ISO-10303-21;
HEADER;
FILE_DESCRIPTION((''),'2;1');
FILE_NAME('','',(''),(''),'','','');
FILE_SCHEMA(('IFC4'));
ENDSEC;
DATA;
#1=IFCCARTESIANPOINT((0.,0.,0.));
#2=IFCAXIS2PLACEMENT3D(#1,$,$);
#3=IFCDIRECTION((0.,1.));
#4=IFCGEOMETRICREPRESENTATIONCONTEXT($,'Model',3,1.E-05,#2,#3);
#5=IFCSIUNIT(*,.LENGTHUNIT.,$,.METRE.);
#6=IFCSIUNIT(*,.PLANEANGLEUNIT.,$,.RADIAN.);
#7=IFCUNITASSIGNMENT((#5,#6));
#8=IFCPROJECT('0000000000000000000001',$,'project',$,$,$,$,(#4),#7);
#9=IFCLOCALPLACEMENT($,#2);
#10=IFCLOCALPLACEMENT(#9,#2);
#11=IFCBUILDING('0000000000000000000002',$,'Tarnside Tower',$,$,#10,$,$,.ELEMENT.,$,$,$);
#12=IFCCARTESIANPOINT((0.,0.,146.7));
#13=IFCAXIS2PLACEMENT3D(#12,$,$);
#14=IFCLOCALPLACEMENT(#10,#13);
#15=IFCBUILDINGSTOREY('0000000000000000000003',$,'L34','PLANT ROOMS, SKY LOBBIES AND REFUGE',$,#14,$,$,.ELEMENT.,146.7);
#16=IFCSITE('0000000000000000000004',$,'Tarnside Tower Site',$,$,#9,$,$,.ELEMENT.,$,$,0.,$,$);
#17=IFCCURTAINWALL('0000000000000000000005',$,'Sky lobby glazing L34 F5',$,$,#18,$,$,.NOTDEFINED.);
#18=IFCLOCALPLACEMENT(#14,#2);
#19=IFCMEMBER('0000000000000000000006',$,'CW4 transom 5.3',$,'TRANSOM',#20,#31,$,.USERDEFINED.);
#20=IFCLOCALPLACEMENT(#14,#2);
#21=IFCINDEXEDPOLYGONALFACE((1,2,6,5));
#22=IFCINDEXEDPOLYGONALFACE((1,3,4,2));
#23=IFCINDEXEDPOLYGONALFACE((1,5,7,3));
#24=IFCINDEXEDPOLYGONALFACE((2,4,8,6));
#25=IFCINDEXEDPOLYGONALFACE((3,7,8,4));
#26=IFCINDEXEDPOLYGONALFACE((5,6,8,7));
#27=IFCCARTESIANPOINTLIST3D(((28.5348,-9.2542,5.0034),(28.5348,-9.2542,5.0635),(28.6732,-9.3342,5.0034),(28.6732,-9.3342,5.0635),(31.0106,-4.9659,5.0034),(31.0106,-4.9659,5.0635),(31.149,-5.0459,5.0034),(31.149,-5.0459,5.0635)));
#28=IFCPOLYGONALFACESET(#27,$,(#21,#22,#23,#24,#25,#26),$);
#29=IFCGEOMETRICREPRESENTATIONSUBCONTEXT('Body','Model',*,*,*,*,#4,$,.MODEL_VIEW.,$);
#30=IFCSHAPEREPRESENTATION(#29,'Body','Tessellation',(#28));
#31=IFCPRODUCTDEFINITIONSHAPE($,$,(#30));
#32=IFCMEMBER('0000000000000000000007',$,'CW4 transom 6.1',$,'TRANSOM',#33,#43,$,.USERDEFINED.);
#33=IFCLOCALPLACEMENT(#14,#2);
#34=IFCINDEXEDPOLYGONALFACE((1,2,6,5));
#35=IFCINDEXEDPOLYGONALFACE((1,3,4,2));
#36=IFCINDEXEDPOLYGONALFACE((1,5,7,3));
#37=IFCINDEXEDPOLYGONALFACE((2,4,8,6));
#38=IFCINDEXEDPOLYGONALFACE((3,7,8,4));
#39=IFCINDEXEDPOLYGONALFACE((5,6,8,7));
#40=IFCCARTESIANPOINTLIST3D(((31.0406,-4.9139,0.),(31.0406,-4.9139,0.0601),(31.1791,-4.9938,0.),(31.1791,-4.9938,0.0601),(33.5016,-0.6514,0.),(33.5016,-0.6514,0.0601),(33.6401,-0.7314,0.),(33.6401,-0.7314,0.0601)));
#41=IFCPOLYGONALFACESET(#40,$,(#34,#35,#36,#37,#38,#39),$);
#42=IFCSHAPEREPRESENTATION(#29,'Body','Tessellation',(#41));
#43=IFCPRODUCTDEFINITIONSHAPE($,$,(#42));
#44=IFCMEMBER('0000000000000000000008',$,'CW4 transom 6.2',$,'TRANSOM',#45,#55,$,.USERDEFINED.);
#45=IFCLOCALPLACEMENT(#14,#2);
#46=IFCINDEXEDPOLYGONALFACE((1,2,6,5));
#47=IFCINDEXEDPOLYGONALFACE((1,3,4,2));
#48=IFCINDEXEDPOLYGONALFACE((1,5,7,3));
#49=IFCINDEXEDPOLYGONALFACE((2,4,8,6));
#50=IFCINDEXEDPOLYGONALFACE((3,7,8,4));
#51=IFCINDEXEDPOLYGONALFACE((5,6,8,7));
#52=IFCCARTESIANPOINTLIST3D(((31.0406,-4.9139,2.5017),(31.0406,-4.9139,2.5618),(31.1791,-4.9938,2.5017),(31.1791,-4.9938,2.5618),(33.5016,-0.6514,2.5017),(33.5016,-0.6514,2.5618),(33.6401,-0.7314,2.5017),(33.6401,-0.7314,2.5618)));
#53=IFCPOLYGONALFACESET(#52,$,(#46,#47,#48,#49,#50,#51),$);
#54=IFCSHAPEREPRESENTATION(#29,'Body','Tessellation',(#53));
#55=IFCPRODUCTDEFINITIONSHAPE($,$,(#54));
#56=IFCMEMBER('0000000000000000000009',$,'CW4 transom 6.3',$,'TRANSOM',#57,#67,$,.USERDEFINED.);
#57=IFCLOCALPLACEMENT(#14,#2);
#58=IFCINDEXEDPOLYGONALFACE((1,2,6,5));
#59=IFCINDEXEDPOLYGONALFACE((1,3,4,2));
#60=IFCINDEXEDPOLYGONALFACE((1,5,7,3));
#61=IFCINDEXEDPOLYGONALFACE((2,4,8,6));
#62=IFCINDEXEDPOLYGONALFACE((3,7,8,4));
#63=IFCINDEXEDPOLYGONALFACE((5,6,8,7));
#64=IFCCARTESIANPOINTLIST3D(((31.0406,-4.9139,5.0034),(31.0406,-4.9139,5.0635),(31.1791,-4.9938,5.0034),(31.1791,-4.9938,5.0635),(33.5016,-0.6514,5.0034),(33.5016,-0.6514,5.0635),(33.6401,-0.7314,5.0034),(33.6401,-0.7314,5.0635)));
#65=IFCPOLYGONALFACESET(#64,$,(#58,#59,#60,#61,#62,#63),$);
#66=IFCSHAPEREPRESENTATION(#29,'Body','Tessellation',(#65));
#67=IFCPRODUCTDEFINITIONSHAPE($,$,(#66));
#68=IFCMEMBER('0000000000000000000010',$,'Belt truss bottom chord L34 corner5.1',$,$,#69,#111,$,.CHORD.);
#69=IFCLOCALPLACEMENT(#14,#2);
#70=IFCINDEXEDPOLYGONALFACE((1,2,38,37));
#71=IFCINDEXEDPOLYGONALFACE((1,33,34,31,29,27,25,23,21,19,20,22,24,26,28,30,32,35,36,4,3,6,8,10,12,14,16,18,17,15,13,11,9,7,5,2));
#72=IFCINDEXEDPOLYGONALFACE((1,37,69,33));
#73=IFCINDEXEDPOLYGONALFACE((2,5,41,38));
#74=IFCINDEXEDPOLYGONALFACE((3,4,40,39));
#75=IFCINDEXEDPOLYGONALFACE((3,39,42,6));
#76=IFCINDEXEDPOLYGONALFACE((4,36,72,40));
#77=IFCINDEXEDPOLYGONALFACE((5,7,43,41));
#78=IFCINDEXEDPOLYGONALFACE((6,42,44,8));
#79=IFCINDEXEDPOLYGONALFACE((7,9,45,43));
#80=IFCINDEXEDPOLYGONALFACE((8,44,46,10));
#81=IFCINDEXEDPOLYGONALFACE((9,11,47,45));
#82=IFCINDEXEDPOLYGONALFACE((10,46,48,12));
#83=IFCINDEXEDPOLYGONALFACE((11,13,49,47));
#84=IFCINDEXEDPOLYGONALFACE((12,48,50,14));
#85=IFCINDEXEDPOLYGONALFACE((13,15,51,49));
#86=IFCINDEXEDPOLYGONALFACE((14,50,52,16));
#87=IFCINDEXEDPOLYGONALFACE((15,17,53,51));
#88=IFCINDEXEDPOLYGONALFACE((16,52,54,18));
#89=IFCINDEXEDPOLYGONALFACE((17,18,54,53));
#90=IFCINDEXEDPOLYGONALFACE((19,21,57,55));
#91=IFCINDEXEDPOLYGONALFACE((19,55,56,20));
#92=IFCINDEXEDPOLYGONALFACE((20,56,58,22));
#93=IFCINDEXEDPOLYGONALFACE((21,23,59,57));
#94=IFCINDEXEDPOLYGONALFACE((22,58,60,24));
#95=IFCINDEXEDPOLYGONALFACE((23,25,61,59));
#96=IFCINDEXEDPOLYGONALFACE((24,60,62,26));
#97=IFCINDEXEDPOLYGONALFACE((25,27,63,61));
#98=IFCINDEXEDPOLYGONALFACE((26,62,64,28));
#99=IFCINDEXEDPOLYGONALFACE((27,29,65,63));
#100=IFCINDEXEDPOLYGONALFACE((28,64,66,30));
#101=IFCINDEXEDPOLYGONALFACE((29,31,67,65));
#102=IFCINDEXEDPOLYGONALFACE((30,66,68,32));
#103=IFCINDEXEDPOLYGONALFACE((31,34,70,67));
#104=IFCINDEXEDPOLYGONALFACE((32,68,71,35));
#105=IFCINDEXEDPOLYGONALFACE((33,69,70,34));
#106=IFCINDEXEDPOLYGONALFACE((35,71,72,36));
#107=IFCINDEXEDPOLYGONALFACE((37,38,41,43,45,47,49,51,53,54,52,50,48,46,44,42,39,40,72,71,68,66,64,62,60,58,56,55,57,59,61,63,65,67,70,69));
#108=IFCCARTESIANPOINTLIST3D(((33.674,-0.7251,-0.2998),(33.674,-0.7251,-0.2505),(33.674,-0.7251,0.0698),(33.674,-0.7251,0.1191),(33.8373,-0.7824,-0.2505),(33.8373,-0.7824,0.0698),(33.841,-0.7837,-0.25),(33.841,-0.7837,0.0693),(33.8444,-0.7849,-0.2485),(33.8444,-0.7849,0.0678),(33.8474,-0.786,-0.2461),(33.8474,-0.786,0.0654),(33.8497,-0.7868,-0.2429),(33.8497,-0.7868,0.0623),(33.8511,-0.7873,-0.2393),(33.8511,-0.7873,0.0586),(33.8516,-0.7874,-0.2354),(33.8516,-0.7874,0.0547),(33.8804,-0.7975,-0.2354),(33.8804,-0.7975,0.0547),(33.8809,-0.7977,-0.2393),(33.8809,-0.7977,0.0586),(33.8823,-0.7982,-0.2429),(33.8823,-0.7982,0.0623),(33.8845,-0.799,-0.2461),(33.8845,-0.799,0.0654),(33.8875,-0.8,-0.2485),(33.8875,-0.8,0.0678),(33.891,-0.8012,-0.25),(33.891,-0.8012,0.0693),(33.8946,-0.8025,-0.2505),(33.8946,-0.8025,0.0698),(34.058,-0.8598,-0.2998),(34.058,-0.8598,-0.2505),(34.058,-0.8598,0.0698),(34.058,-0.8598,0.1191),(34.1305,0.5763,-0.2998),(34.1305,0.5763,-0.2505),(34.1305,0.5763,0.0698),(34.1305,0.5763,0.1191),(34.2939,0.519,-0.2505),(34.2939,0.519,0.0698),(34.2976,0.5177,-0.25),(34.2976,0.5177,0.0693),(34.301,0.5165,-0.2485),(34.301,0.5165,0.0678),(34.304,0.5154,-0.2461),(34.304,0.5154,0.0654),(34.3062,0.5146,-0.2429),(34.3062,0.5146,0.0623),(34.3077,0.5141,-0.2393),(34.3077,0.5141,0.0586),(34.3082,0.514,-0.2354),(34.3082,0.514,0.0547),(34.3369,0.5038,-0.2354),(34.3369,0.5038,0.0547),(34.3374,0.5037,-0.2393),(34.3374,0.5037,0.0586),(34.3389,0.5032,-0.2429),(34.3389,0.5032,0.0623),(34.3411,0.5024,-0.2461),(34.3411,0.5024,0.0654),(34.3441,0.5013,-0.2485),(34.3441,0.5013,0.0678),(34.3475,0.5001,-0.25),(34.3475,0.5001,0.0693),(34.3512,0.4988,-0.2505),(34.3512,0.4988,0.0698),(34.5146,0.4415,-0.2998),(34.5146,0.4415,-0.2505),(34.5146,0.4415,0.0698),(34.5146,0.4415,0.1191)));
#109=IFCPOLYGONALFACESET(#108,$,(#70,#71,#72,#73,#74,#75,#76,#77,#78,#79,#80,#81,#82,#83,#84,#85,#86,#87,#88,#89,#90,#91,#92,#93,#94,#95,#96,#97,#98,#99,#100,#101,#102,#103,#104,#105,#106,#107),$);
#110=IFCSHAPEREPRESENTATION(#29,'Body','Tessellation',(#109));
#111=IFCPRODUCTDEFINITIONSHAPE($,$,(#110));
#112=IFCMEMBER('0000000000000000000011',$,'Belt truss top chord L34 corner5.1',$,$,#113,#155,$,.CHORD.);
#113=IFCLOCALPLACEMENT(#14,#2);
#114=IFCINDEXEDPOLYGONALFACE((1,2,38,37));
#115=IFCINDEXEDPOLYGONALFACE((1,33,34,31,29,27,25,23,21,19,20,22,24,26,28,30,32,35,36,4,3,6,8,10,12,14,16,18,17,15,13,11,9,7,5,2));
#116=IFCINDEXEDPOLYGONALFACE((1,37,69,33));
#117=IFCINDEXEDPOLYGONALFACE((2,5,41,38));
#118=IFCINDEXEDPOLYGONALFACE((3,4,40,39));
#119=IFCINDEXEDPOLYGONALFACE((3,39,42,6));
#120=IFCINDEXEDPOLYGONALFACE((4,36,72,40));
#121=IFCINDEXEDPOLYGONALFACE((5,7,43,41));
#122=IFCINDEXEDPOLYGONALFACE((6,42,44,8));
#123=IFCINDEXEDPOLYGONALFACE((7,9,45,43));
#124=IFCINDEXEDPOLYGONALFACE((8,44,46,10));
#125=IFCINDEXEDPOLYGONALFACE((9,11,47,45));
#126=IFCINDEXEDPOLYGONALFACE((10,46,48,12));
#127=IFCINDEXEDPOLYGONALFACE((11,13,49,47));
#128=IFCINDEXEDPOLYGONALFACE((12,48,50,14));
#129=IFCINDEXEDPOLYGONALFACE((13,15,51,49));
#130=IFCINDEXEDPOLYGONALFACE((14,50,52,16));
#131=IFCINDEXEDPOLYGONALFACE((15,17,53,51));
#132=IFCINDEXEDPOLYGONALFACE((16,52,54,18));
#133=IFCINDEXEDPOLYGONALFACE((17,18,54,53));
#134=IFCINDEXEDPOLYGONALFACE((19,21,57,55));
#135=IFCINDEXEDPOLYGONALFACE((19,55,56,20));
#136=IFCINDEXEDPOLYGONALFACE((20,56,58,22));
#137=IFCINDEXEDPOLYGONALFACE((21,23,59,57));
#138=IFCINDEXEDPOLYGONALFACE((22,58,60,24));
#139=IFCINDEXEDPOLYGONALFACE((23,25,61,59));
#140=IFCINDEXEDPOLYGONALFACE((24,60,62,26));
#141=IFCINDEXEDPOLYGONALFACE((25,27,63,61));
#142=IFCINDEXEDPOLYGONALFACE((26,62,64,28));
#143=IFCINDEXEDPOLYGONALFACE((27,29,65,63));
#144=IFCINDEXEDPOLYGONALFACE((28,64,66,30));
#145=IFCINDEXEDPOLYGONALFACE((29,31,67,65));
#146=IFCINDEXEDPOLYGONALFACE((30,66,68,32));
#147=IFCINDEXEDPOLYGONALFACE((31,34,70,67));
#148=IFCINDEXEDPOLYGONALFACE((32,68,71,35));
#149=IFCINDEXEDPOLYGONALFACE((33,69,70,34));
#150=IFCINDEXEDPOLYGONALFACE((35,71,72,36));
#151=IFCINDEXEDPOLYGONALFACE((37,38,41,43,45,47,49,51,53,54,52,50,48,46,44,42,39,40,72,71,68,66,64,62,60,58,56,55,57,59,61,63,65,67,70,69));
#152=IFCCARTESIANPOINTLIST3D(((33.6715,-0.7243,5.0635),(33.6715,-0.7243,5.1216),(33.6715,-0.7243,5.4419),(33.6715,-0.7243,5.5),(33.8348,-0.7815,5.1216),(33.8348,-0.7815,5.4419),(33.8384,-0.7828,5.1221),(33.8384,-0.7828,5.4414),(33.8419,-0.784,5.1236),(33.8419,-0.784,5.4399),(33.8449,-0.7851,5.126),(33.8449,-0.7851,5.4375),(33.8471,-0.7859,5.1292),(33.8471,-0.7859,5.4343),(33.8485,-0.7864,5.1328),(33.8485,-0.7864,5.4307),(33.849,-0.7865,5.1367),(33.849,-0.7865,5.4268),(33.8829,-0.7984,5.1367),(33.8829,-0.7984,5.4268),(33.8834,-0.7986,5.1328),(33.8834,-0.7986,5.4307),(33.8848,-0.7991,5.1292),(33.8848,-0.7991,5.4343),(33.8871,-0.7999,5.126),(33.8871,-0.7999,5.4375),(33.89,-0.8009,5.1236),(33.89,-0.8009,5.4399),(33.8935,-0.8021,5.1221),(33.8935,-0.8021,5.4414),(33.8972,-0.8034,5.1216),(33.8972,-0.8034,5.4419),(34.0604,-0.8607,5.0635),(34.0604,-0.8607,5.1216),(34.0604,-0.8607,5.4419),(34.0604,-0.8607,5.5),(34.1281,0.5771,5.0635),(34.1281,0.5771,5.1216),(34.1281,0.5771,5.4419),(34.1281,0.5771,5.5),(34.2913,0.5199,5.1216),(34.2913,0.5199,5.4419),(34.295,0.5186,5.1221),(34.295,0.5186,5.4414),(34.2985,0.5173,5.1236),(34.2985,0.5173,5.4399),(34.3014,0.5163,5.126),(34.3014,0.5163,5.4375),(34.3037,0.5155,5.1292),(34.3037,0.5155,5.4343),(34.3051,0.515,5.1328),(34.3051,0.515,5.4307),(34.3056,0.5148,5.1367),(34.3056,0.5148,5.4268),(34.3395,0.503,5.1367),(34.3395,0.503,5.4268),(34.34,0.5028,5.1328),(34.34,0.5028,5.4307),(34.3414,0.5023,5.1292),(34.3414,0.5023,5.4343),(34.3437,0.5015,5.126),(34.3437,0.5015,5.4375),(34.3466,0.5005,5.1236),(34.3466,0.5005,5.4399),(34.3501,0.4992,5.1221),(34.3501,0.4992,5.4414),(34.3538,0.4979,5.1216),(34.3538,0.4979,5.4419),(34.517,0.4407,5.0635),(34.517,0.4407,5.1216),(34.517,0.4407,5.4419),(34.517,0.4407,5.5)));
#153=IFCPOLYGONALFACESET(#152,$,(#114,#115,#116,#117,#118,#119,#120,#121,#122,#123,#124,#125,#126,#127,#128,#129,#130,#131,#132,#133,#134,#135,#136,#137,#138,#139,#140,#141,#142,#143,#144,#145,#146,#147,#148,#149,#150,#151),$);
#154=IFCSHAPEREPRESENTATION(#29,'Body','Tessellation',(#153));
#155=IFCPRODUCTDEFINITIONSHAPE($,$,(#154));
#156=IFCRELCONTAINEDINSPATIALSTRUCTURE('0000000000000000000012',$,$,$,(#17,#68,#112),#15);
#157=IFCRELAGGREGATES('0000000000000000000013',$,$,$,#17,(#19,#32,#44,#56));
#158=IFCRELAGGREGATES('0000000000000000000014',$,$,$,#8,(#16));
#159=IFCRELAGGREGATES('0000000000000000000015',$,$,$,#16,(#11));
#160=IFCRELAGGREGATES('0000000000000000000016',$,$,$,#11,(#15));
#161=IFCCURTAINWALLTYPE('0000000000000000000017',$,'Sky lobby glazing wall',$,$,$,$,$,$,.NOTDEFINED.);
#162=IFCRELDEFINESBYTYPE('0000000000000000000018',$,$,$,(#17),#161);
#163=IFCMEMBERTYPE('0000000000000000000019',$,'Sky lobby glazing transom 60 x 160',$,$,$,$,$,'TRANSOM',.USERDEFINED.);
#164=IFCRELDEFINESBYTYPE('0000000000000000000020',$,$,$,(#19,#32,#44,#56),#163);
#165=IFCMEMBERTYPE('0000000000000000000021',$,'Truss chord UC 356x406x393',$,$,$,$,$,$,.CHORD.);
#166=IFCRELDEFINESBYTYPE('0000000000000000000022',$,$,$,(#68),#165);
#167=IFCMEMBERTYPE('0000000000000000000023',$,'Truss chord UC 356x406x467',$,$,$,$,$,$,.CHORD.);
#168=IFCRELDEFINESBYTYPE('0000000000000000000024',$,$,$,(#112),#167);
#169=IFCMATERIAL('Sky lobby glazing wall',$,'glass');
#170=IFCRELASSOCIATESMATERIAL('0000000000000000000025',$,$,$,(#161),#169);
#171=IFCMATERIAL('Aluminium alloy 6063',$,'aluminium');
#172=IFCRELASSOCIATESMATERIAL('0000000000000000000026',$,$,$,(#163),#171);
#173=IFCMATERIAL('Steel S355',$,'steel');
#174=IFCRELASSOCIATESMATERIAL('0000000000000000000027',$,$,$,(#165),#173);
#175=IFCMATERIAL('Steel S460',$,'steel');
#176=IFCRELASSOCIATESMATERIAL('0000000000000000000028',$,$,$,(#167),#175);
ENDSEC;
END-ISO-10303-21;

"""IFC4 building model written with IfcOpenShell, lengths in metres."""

from ifc_helpers import new_model, si_unit, direction, frame, origin, origin_2d, place, context, subcontext, project, spatial, rectangle, i_section, extrude, material, material_profile, profile_set, type_object, element, aggregate, save


model = new_model("IFC4")

# Units and contexts
model_context = context("Model", 3, precision=1e-05, world=origin(), true_north=direction((0.0, 1.0)))
body_context = subcontext(model_context, "Body", "Model", "MODEL_VIEW")
ifc_project = project(units=[si_unit("LENGTHUNIT", "METRE"), si_unit("PLANEANGLEUNIT", "RADIAN")], contexts=[model_context])

# Site, building, storey
site_placement = place(None, origin())
site = spatial("IfcSite", under=ifc_project, at=site_placement, Name="Tarnside Tower Site", CompositionType="ELEMENT", RefElevation=0.0)
building_placement = place(site_placement, origin())
building = spatial("IfcBuilding", under=site, at=building_placement, Name="Tarnside Tower", CompositionType="ELEMENT")
storey_placement = place(building_placement, frame((0.0, 0.0, 146.7)))
storey = spatial("IfcBuildingStorey", under=building, at=storey_placement, Name="L34", Description="PLANT ROOMS, SKY LOBBIES AND REFUGE", CompositionType="ELEMENT", Elevation=146.7)

# Shared definitions
ifc_material_1 = material(Name="Steel S355", Category="steel")

# Curtain wall, members
ifc_material_2 = material(Name="Sky lobby glazing wall", Category="glass")
curtain_wall_type = type_object("IfcCurtainWallType", Name="Sky lobby glazing wall", PredefinedType="NOTDEFINED", material=ifc_material_2)
curtain_wall_placement = place(storey_placement, origin())
curtain_wall = element("IfcCurtainWall", 1, at=curtain_wall_placement, inside=storey, type_object=curtain_wall_type, Name="Sky lobby glazing L34 F5", PredefinedType="NOTDEFINED")
ifc_material_3 = material(Name="Aluminium alloy 6063", Category="aluminium")
ifc_material_profile_1 = material_profile(ifc_material_3, rectangle(XDim=0.1599, YDim=0.0601, at=origin_2d()), Name="Sky lobby glazing transom 60 x 160")
ifc_profile_set_1 = profile_set([ifc_material_profile_1], Name="Aluminium alloy 6063")
member_type_1 = type_object("IfcMemberType", Name="Sky lobby glazing transom 60 x 160", ElementType="TRANSOM", PredefinedType="USERDEFINED", material=ifc_profile_set_1)
member_1_placement = place(storey_placement, frame((28.604, -9.2942, 5.0334), z_axis=(0.499994, 0.866029, 0.0), x_axis=(-0.866029, 0.499994, 0.0)))
member_1 = element("IfcMember", 2, at=member_1_placement, type_object=member_type_1, Name="CW4 transom 5.3", ObjectType="TRANSOM", PredefinedType="USERDEFINED", context=body_context, shape_type="SweptSolid", body=[
    extrude(rectangle(XDim=0.1599, YDim=0.0601, at=origin_2d()), origin(), (0.0, 0.0, 1.0), 4.9517),
])
member_2_placement = place(storey_placement, frame((31.1099, -4.9539, 0.03), z_axis=(0.500002, 0.866025, 0.0), x_axis=(-0.866025, 0.500002, 0.0)))
member_2 = element("IfcMember", 3, at=member_2_placement, type_object=member_type_1, Name="CW4 transom 6.1", ObjectType="TRANSOM", PredefinedType="USERDEFINED", context=body_context, shape_type="SweptSolid", body=[
    extrude(rectangle(XDim=0.1599, YDim=0.0601, at=origin_2d()), origin(), (0.0, 0.0, 1.0), 4.9219),
])
member_3_placement = place(storey_placement, frame((31.1099, -4.9539, 2.5317), z_axis=(0.500002, 0.866025, 0.0), x_axis=(-0.866025, 0.500002, 0.0)))
member_3 = element("IfcMember", 4, at=member_3_placement, type_object=member_type_1, Name="CW4 transom 6.2", ObjectType="TRANSOM", PredefinedType="USERDEFINED", context=body_context, shape_type="SweptSolid", body=[
    extrude(rectangle(XDim=0.1599, YDim=0.0601, at=origin_2d()), origin(), (0.0, 0.0, 1.0), 4.9219),
])
member_4_placement = place(storey_placement, frame((31.1099, -4.9539, 5.0334), z_axis=(0.500002, 0.866025, 0.0), x_axis=(-0.866025, 0.500002, 0.0)))
member_4 = element("IfcMember", 5, at=member_4_placement, type_object=member_type_1, Name="CW4 transom 6.3", ObjectType="TRANSOM", PredefinedType="USERDEFINED", context=body_context, shape_type="SweptSolid", body=[
    extrude(rectangle(XDim=0.1599, YDim=0.0601, at=origin_2d()), origin(), (0.0, 0.0, 1.0), 4.9219),
])

# Members
ifc_material_profile_2 = material_profile(ifc_material_1, i_section(OverallWidth=0.407, OverallDepth=0.4189, WebThickness=0.0305, FlangeThickness=0.0493, FilletRadius=0.0151, at=origin_2d()), Name="UC 356x406x393")
ifc_profile_set_2 = profile_set([ifc_material_profile_2], Name="Steel S355")
member_type_2 = type_object("IfcMemberType", Name="Truss chord UC 356x406x393", PredefinedType="CHORD", material=ifc_profile_set_2)
member_5_placement = place(storey_placement, frame((33.866, -0.7925, -0.0903), z_axis=(0.33106, 0.94361, 0.0), x_axis=(-0.94361, 0.33106, 0.0)))
element("IfcMember", 6, at=member_5_placement, inside=storey, type_object=member_type_2, Name="Belt truss bottom chord L34 corner5.1", PredefinedType="CHORD", context=body_context, shape_type="SweptSolid", body=[
    extrude(i_section(OverallWidth=0.407, OverallDepth=0.4189, WebThickness=0.0305, FlangeThickness=0.0493, FilletRadius=0.0151, at=origin_2d()), origin(), (0.0, 0.0, 1.0), 1.3792),
])
ifc_material_4 = material(Name="Steel S460", Category="steel")
ifc_material_profile_3 = material_profile(ifc_material_4, i_section(OverallWidth=0.4121, OverallDepth=0.4365, WebThickness=0.0359, FlangeThickness=0.0581, FilletRadius=0.0151, at=origin_2d()), Name="UC 356x406x467")
ifc_profile_set_3 = profile_set([ifc_material_profile_3], Name="Steel S460")
member_type_3 = type_object("IfcMemberType", Name="Truss chord UC 356x406x467", PredefinedType="CHORD", material=ifc_profile_set_3)
member_6_placement = place(storey_placement, frame((33.866, -0.7925, 5.2817), z_axis=(0.33106, 0.94361, 0.0), x_axis=(-0.94361, 0.33106, 0.0)))
element("IfcMember", 7, at=member_6_placement, inside=storey, type_object=member_type_3, Name="Belt truss top chord L34 corner5.1", PredefinedType="CHORD", context=body_context, shape_type="SweptSolid", body=[
    extrude(i_section(OverallWidth=0.4121, OverallDepth=0.4365, WebThickness=0.0359, FlangeThickness=0.0581, FilletRadius=0.0151, at=origin_2d()), origin(), (0.0, 0.0, 1.0), 1.3792),
])

aggregate(curtain_wall, [member_1, member_2, member_3, member_4])

save(model, "model.ifc")
